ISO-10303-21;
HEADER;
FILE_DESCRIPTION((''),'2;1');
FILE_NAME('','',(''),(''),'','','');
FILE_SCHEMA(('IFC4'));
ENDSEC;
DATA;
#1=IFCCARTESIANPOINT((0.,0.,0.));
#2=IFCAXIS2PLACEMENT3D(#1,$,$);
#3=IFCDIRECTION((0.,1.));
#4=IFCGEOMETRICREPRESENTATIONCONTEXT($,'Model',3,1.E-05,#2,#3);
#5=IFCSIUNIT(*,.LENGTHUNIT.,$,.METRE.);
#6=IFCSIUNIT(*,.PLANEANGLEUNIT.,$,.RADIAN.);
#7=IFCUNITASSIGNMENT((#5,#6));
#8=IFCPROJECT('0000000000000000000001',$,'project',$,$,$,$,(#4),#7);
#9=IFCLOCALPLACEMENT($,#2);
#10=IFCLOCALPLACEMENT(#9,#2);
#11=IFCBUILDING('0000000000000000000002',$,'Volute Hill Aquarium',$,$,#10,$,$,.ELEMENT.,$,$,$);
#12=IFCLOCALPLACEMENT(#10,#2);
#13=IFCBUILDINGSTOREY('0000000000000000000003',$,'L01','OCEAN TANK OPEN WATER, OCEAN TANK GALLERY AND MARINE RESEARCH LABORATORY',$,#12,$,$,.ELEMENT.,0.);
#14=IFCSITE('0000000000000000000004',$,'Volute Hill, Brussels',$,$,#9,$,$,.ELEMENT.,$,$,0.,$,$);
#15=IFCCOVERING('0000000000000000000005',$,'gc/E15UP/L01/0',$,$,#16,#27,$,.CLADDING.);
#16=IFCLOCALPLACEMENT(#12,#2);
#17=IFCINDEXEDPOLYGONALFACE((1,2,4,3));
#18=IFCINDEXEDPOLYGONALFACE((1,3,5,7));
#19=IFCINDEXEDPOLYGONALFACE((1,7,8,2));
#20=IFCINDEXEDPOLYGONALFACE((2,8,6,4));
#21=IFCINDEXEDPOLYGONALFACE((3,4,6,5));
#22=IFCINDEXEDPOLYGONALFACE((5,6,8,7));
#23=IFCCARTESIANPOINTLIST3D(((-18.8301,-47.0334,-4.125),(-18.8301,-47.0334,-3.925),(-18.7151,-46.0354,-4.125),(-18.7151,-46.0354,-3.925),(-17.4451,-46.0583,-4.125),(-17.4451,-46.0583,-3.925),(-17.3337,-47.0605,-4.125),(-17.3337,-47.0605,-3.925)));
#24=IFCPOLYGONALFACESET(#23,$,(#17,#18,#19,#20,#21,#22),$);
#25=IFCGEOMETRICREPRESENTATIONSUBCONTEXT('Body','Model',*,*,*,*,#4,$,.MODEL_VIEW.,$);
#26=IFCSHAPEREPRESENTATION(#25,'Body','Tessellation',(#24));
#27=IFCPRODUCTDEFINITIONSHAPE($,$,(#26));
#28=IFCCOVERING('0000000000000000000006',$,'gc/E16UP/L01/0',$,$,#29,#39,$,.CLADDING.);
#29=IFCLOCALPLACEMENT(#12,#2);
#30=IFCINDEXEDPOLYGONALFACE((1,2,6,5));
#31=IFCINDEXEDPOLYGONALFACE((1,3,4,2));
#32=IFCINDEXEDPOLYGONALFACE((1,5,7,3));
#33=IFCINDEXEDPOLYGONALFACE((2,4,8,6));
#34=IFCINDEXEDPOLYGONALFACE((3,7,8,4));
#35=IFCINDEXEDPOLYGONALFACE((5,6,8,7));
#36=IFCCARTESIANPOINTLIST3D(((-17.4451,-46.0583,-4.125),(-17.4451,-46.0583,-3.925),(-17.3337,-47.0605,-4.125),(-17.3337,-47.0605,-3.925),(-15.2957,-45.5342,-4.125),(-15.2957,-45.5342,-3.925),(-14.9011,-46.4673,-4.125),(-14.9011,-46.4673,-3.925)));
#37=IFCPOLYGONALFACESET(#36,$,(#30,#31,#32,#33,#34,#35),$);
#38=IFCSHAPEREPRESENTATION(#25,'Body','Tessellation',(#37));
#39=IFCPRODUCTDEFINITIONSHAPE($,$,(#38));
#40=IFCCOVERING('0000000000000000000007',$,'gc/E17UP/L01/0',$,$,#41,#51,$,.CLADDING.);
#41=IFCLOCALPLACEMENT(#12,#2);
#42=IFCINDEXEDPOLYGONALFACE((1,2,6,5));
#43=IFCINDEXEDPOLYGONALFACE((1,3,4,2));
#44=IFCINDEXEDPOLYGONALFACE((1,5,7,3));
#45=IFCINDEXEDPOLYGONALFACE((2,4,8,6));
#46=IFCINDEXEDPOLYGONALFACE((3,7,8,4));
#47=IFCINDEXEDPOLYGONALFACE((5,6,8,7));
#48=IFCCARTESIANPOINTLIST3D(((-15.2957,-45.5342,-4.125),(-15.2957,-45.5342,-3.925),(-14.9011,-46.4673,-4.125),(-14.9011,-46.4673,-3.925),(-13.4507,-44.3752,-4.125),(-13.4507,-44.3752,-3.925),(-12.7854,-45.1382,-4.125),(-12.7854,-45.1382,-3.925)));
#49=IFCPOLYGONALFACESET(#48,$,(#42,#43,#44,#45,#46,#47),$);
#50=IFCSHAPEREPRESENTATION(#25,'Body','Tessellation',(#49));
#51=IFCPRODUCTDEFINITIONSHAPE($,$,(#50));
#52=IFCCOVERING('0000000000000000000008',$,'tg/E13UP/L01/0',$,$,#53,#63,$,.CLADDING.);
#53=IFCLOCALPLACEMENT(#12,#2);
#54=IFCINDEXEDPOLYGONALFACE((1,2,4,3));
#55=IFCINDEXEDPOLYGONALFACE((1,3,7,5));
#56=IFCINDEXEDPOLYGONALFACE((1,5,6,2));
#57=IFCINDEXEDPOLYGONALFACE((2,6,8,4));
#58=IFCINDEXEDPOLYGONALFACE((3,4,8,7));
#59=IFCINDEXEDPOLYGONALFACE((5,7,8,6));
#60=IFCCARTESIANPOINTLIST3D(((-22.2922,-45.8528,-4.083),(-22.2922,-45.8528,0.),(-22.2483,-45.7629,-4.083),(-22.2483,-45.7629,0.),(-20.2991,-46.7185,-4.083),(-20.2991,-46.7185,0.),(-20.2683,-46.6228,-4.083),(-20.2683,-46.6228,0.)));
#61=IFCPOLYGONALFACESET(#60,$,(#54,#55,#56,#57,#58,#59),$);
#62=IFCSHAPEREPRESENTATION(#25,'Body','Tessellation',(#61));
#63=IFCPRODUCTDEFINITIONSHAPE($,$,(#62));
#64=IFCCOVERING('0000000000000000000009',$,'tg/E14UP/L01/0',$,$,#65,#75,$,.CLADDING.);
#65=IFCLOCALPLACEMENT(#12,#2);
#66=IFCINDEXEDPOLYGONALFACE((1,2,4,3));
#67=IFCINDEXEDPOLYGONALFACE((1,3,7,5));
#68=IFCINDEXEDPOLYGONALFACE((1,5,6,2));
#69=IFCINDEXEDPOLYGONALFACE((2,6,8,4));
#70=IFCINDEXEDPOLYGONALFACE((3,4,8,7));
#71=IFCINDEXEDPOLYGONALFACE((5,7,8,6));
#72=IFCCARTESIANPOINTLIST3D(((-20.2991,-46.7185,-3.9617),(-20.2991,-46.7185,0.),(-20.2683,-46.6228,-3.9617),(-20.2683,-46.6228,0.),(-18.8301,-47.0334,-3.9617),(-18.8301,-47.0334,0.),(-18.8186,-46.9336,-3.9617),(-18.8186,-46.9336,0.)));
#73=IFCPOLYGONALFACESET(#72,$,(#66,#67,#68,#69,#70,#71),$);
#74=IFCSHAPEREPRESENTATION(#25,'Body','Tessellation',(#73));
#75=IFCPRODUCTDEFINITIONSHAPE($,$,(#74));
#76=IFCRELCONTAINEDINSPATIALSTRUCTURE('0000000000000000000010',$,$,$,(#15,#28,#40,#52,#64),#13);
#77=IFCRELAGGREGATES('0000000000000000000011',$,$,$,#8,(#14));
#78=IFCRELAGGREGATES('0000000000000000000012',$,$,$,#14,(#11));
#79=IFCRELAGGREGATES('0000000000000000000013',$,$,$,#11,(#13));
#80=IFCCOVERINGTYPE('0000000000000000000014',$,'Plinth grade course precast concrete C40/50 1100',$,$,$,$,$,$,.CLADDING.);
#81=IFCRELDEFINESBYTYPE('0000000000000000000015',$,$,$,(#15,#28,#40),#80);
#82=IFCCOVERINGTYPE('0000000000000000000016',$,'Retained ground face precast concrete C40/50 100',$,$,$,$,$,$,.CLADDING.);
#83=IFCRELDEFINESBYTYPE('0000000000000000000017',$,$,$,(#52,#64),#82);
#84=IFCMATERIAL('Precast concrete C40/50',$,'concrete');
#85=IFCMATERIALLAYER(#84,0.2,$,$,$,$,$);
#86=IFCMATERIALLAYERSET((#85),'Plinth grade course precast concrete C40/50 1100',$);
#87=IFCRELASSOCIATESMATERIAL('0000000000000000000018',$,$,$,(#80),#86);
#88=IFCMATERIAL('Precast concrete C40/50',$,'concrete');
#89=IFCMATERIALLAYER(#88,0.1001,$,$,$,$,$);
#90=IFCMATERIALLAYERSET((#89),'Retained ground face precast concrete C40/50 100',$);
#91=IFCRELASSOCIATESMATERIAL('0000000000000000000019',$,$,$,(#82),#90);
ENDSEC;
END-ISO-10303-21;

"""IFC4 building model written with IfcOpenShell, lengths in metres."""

from ifc_helpers import new_model, si_unit, direction, frame, origin, place, context, subcontext, project, spatial, polyline, outline, extrude, material, layer, layer_set, type_object, element, save


model = new_model("IFC4")

# Units and contexts
model_context = context("Model", 3, precision=1e-05, world=origin(), true_north=direction((0.0, 1.0)))
body_context = subcontext(model_context, "Body", "Model", "MODEL_VIEW")
ifc_project = project(units=[si_unit("LENGTHUNIT", "METRE"), si_unit("PLANEANGLEUNIT", "RADIAN")], contexts=[model_context])

# Site, building, storey
site_placement = place(None, origin())
site = spatial("IfcSite", under=ifc_project, at=site_placement, Name="Volute Hill, Brussels", CompositionType="ELEMENT", RefElevation=0.0)
building_placement = place(site_placement, origin())
building = spatial("IfcBuilding", under=site, at=building_placement, Name="Volute Hill Aquarium", CompositionType="ELEMENT")
storey_placement = place(building_placement, origin())
storey = spatial("IfcBuildingStorey", under=building, at=storey_placement, Name="L01", Description="OCEAN TANK OPEN WATER, OCEAN TANK GALLERY AND MARINE RESEARCH LABORATORY", CompositionType="ELEMENT", Elevation=0.0)

# Coverings
ifc_material_1 = material(Name="Precast concrete C40/50", Category="concrete")
ifc_layer_1 = layer(ifc_material_1, 0.2)
ifc_layer_set_1 = layer_set([ifc_layer_1], Name="Plinth grade course precast concrete C40/50 1100")
covering_type_1 = type_object("IfcCoveringType", Name="Plinth grade course precast concrete C40/50 1100", PredefinedType="CLADDING", material=ifc_layer_set_1)
covering_1_placement = place(storey_placement, frame((0.0, 0.0, -4.125)))
element("IfcCovering", 1, at=covering_1_placement, inside=storey, type_object=covering_type_1, Name="gc/E15UP/L01/0", PredefinedType="CLADDING", context=body_context, shape_type="SweptSolid", body=[
    extrude(outline(polyline([(-18.8301, -47.0334), (-17.3337, -47.0605), (-17.4451, -46.0583), (-18.7151, -46.0354), (-18.8301, -47.0334), (-18.8301, -47.0334)])), origin(), (0.0, 0.0, 1.0), 0.2),
])
covering_2_placement = place(storey_placement, frame((0.0, 0.0, -4.125)))
element("IfcCovering", 2, at=covering_2_placement, inside=storey, type_object=covering_type_1, Name="gc/E16UP/L01/0", PredefinedType="CLADDING", context=body_context, shape_type="SweptSolid", body=[
    extrude(outline(polyline([(-17.3337, -47.0605), (-14.9011, -46.4673), (-15.2957, -45.5342), (-17.4451, -46.0583), (-17.4451, -46.0583), (-17.3337, -47.0605), (-17.3337, -47.0605)])), origin(), (0.0, 0.0, 1.0), 0.2),
])
covering_3_placement = place(storey_placement, frame((0.0, 0.0, -4.125)))
element("IfcCovering", 3, at=covering_3_placement, inside=storey, type_object=covering_type_1, Name="gc/E17UP/L01/0", PredefinedType="CLADDING", context=body_context, shape_type="SweptSolid", body=[
    extrude(outline(polyline([(-12.7854, -45.1382), (-12.7854, -45.1382), (-13.4507, -44.3752), (-13.4507, -44.3752), (-15.2957, -45.5342), (-14.9011, -46.4673), (-14.9011, -46.4673), (-12.7854, -45.1382)])), origin(), (0.0, 0.0, 1.0), 0.2),
])
ifc_material_2 = material(Name="Precast concrete C40/50", Category="concrete")
ifc_layer_2 = layer(ifc_material_2, 0.1001)
ifc_layer_set_2 = layer_set([ifc_layer_2], Name="Retained ground face precast concrete C40/50 100")
covering_type_2 = type_object("IfcCoveringType", Name="Retained ground face precast concrete C40/50 100", PredefinedType="CLADDING", material=ifc_layer_set_2)
covering_4_placement = place(storey_placement, frame((0.0, 0.0, -4.083)))
element("IfcCovering", 4, at=covering_4_placement, inside=storey, type_object=covering_type_2, Name="tg/E13UP/L01/0", PredefinedType="CLADDING", context=body_context, shape_type="SweptSolid", body=[
    extrude(outline(polyline([(-22.2922, -45.8528), (-20.2991, -46.7185), (-20.2683, -46.6228), (-22.2483, -45.7629), (-22.2922, -45.8528)])), origin(), (0.0, 0.0, 1.0), 4.083),
])
covering_5_placement = place(storey_placement, frame((0.0, 0.0, -3.9617)))
element("IfcCovering", 5, at=covering_5_placement, inside=storey, type_object=covering_type_2, Name="tg/E14UP/L01/0", PredefinedType="CLADDING", context=body_context, shape_type="SweptSolid", body=[
    extrude(outline(polyline([(-20.2991, -46.7185), (-18.8301, -47.0334), (-18.8186, -46.9336), (-20.2683, -46.6228), (-20.2683, -46.6228), (-20.2991, -46.7185), (-20.2991, -46.7185)])), origin(), (0.0, 0.0, 1.0), 3.9617),
])

save(model, "model.ifc")
